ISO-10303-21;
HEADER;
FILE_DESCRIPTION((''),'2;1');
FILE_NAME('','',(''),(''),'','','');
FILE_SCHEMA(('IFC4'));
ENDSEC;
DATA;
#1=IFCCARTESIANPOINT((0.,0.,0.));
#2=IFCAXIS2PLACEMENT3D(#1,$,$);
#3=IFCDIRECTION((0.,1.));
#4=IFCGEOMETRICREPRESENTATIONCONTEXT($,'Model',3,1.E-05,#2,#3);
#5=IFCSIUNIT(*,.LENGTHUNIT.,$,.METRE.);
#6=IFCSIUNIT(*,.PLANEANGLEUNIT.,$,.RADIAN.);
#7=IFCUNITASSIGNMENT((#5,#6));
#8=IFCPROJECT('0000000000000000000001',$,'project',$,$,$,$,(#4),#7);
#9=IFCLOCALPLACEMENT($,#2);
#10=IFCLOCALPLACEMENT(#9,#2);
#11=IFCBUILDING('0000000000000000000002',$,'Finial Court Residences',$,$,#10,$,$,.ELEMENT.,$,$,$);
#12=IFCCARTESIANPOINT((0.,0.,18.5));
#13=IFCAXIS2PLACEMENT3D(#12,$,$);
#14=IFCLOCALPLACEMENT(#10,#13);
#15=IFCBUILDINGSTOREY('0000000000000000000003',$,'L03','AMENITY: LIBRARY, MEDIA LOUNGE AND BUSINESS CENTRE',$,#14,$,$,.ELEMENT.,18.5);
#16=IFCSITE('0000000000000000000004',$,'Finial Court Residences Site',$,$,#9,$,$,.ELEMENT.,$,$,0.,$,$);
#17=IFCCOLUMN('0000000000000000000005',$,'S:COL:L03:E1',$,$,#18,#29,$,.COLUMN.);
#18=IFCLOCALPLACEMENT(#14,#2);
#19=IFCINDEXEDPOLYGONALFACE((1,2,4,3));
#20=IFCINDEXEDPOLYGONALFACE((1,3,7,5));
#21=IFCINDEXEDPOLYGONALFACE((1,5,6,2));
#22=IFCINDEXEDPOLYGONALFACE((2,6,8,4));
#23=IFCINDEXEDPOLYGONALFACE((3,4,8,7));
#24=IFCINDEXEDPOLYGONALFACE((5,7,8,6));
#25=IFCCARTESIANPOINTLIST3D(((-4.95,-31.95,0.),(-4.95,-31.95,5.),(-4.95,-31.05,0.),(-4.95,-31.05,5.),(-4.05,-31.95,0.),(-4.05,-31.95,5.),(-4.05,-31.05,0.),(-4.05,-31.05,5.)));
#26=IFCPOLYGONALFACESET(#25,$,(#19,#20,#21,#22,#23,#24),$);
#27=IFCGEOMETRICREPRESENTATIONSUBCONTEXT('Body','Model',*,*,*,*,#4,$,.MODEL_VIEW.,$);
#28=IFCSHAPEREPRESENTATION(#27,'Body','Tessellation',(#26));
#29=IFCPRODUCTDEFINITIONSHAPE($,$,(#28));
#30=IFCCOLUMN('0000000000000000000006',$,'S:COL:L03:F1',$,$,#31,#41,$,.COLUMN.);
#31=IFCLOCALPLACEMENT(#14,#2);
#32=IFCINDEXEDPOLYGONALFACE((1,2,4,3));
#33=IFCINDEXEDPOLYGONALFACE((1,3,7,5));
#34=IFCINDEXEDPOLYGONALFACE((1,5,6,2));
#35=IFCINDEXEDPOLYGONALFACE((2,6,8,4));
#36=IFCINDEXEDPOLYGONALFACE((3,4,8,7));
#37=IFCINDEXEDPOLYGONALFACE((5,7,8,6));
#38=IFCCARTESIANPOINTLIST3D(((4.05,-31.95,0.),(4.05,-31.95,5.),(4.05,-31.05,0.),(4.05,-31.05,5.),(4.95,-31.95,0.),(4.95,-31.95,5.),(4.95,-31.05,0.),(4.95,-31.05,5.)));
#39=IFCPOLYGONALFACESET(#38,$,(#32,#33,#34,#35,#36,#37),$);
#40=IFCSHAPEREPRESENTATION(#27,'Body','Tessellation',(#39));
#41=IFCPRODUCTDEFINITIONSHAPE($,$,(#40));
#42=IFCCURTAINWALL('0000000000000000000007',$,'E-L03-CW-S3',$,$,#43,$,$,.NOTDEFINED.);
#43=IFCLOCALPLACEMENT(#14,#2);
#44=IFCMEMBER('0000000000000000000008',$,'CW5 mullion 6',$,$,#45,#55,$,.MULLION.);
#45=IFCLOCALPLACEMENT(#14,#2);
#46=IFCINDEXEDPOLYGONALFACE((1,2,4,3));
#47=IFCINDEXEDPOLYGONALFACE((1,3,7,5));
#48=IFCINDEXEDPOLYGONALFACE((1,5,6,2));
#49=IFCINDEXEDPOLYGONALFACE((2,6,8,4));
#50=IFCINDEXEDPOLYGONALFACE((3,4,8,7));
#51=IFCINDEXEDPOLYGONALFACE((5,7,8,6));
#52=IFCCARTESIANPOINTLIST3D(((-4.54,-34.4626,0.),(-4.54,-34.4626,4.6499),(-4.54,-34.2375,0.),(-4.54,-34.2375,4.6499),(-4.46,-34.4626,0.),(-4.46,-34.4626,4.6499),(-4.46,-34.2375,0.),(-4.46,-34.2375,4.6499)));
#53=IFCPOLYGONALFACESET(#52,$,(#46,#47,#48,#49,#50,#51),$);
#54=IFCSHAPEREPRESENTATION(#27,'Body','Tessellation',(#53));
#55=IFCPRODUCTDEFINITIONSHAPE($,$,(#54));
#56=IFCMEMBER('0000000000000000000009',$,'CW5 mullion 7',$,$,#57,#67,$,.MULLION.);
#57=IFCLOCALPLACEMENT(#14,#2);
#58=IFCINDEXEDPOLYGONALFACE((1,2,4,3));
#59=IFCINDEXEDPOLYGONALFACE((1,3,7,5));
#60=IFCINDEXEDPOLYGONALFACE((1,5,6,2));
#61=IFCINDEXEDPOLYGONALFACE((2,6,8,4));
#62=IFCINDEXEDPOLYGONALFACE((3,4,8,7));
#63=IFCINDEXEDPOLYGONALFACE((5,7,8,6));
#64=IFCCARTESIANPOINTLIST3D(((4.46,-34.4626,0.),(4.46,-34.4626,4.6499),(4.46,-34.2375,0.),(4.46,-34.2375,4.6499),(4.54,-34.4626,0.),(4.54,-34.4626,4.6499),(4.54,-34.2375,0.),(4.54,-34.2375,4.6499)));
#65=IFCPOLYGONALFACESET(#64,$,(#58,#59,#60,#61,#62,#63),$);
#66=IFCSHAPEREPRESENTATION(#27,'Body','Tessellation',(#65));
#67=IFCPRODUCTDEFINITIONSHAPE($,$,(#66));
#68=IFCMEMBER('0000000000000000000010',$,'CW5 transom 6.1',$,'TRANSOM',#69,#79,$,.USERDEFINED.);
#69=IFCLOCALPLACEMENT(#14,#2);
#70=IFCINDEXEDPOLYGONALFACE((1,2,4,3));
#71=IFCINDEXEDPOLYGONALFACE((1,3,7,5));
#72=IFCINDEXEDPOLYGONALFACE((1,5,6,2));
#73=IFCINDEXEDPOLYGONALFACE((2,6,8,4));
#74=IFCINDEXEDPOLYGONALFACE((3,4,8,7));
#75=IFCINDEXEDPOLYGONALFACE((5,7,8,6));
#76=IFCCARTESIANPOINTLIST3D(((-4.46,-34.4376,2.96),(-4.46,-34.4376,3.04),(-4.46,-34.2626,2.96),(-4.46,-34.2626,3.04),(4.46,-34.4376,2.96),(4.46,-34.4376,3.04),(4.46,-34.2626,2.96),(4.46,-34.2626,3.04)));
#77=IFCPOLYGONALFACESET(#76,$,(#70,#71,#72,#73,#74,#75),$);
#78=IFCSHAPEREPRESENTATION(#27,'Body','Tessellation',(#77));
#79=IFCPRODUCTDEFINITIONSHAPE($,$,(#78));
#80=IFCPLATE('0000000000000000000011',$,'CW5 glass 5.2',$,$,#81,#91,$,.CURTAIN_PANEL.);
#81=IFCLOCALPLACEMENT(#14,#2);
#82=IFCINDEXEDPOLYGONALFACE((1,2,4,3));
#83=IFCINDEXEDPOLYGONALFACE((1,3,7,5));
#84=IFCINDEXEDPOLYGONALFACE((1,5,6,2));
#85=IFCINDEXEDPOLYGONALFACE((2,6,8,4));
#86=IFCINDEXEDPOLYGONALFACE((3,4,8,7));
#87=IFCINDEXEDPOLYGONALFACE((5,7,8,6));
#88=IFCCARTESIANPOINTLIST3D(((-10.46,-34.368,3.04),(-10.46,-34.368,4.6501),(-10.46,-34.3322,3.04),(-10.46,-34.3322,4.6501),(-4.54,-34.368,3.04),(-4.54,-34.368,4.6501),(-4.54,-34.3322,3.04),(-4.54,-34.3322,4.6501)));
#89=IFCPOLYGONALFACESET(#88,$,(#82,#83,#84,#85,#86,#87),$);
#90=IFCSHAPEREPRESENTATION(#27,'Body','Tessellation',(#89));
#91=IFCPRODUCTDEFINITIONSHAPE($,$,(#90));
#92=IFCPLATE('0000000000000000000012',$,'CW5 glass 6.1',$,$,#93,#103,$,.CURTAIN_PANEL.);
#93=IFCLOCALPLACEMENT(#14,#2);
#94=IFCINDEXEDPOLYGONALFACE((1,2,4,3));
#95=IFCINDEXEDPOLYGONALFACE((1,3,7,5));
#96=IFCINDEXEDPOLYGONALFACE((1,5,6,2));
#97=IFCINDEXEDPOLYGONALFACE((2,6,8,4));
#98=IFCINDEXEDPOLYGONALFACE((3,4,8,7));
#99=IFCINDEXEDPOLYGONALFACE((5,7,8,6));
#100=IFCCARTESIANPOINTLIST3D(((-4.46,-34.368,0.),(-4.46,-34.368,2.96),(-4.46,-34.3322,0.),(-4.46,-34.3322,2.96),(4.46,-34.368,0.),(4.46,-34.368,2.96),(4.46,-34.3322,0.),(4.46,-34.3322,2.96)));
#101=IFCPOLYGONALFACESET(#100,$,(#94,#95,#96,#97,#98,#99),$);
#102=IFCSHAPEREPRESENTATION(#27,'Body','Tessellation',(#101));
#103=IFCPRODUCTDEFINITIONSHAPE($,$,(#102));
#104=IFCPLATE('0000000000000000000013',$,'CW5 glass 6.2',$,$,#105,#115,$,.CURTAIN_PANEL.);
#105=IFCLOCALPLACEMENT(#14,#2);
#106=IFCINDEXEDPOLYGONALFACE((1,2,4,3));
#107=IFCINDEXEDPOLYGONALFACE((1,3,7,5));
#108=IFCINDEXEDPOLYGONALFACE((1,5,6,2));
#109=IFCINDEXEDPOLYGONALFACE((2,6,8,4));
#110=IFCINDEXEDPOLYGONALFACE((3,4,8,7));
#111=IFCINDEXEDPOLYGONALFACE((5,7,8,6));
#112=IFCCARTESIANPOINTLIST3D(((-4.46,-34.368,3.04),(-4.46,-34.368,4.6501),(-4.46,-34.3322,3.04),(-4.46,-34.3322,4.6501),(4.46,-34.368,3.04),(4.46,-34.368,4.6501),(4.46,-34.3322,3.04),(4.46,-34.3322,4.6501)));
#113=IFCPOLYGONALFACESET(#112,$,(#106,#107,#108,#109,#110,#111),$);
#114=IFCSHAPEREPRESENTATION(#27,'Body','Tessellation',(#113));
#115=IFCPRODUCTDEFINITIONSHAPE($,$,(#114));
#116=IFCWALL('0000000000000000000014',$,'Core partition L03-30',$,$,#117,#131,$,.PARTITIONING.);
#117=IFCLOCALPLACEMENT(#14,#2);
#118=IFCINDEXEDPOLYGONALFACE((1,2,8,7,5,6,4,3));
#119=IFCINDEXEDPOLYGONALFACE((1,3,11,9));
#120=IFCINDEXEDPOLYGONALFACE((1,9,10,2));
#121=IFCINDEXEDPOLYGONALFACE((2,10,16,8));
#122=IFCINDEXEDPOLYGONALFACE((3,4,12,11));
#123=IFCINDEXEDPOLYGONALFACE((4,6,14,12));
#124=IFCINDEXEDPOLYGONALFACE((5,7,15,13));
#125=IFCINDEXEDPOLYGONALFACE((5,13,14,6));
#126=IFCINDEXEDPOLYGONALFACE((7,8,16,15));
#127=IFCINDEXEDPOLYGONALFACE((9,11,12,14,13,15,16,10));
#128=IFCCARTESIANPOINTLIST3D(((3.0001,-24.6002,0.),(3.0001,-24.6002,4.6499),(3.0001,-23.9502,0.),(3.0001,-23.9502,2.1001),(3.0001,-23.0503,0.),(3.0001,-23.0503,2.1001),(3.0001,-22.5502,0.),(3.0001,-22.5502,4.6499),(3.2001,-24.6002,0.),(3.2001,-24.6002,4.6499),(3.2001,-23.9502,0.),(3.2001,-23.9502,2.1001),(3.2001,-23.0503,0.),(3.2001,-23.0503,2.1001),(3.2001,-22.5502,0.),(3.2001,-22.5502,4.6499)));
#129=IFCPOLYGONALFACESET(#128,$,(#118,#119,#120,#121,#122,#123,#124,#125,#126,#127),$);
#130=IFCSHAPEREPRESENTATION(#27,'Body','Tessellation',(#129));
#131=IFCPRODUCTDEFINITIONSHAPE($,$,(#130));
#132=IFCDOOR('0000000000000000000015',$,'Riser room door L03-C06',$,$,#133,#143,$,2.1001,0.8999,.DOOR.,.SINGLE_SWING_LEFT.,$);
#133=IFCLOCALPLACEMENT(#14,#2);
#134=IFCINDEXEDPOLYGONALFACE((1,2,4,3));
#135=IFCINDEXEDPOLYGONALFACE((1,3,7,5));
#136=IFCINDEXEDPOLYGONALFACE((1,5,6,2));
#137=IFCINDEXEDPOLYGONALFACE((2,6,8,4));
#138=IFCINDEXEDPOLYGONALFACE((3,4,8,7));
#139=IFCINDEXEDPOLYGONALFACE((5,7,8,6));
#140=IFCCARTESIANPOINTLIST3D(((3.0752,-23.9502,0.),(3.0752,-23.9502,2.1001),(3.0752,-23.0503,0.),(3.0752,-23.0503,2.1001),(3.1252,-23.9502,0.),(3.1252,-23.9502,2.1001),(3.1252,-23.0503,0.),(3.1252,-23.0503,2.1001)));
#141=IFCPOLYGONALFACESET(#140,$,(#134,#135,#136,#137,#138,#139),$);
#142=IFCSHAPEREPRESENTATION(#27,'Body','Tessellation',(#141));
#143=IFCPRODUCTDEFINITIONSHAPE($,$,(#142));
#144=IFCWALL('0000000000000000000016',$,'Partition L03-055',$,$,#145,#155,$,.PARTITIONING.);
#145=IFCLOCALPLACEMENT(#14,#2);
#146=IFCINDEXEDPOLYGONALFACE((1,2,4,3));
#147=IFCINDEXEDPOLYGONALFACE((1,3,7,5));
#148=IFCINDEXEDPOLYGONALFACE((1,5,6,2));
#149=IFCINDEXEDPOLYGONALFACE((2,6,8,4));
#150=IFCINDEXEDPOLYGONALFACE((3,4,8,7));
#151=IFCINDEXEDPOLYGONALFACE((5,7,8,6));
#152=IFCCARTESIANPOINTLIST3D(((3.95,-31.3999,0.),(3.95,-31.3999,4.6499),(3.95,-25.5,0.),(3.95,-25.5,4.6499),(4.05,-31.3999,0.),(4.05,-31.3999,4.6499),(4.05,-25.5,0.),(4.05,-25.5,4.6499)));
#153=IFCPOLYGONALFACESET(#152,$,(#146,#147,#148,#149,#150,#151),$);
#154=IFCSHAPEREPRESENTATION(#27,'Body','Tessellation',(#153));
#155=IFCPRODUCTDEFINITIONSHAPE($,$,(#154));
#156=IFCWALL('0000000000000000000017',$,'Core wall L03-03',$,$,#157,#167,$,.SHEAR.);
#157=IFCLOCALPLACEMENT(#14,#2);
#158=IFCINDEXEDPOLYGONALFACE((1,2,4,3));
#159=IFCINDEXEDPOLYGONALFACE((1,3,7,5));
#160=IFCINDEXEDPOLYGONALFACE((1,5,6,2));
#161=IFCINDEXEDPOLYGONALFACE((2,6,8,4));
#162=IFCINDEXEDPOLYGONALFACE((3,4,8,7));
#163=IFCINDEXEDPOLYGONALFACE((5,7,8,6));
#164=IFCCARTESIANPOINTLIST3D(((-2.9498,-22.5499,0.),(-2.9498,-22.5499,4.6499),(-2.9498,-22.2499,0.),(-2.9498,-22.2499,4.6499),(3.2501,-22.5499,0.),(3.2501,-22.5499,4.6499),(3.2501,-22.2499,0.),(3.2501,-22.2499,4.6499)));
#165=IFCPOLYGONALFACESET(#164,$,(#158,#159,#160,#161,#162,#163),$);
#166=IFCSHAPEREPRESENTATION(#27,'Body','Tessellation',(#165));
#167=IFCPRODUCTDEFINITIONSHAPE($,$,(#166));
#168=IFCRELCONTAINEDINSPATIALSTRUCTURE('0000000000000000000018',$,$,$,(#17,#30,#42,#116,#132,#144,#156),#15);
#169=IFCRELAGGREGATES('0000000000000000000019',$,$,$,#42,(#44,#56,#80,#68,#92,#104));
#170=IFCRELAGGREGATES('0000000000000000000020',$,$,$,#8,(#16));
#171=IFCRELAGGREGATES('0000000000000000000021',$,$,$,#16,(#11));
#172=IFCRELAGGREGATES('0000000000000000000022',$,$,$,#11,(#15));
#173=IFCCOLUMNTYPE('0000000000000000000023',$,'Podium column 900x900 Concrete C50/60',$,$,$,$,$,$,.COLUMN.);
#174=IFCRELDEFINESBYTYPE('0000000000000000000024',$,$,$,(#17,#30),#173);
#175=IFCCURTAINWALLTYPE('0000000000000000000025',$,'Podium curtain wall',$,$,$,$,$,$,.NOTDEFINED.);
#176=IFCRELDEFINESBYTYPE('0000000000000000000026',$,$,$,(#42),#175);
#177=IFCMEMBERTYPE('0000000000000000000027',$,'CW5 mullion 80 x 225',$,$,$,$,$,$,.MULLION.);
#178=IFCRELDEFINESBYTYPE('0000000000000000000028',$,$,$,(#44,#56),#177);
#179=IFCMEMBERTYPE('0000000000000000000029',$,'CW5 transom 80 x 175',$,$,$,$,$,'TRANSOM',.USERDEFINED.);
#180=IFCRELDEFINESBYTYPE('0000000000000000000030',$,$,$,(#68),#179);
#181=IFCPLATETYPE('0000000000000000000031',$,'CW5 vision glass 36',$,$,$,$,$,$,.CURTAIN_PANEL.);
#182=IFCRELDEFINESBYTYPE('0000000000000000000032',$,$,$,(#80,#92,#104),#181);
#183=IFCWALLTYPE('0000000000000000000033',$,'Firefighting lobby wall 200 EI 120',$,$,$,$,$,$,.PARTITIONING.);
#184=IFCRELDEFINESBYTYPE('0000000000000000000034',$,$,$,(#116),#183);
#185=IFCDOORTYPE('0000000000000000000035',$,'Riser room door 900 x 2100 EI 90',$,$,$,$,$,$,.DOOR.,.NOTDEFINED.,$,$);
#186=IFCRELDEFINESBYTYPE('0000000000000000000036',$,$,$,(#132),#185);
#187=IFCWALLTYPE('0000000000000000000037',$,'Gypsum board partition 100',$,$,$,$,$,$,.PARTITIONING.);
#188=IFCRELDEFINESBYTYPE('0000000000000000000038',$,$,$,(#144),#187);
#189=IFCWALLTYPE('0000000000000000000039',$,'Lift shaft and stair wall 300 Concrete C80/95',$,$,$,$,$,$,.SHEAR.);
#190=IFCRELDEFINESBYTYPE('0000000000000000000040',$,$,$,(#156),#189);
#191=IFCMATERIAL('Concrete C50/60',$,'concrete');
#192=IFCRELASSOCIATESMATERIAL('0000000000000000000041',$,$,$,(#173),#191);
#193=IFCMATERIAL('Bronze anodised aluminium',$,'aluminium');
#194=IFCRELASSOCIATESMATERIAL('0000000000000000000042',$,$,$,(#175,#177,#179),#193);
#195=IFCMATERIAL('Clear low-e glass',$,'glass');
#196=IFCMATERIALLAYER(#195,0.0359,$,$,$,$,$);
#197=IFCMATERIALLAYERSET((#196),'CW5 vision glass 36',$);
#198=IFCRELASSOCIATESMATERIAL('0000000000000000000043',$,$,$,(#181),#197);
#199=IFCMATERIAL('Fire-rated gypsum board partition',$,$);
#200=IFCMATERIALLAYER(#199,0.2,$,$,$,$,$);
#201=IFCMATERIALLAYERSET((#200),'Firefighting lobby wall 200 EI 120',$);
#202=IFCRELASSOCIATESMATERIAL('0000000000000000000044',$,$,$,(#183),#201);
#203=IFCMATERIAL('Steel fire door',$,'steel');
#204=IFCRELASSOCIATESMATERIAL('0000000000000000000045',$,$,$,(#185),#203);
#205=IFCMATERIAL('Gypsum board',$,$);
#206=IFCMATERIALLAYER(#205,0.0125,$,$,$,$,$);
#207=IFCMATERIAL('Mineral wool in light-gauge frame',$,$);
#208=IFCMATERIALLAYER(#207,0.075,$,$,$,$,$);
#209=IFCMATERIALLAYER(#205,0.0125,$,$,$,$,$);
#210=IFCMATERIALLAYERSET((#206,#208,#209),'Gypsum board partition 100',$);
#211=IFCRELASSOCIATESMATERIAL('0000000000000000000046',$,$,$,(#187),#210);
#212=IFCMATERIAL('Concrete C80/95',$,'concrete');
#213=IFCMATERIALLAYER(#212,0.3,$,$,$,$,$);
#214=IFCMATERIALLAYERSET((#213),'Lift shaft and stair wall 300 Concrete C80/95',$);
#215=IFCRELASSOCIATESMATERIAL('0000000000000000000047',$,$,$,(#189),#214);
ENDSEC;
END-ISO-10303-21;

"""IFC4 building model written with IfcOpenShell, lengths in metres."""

from ifc_helpers import new_model, si_unit, direction, frame, frame_2d, origin, origin_2d, place, context, subcontext, project, spatial, rectangle, extrude, material, layer, layer_set, material_profile, profile_set, type_object, element, fill, aggregate, save


model = new_model("IFC4")

# Units and contexts
model_context = context("Model", 3, precision=1e-05, world=origin(), true_north=direction((0.0, 1.0)))
body_context = subcontext(model_context, "Body", "Model", "MODEL_VIEW")
ifc_project = project(units=[si_unit("LENGTHUNIT", "METRE"), si_unit("PLANEANGLEUNIT", "RADIAN")], contexts=[model_context])

# Site, building, storey
site_placement = place(None, origin())
site = spatial("IfcSite", under=ifc_project, at=site_placement, Name="Finial Court Residences Site", CompositionType="ELEMENT", RefElevation=0.0)
building_placement = place(site_placement, origin())
building = spatial("IfcBuilding", under=site, at=building_placement, Name="Finial Court Residences", CompositionType="ELEMENT")
storey_placement = place(building_placement, frame((0.0, 0.0, 18.5)))
storey = spatial("IfcBuildingStorey", under=building, at=storey_placement, Name="L03", Description="AMENITY: LIBRARY, MEDIA LOUNGE AND BUSINESS CENTRE", CompositionType="ELEMENT", Elevation=18.5)

# Columns
ifc_material_1 = material(Name="Concrete C50/60", Category="concrete")
ifc_material_profile_1 = material_profile(ifc_material_1, rectangle(XDim=0.8999, YDim=0.8999, at=origin_2d()), Name="900x900")
ifc_profile_set_1 = profile_set([ifc_material_profile_1], Name="Concrete C50/60")
column_type = type_object("IfcColumnType", Name="Podium column 900x900 Concrete C50/60", PredefinedType="COLUMN", material=ifc_profile_set_1)
for number, where, z_axis, x_axis, name in (
    (1, (-4.5, -31.5, 0.0), (0.0, 0.0, 1.0), (1.0, 0.0, 0.0), "S:COL:L03:E1"),
    (2, (4.5, -31.5, 0.0), (0.0, 0.0, 1.0), (1.0, 0.0, 0.0), "S:COL:L03:F1"),
):
    element("IfcColumn", number, at=place(storey_placement, frame(where, z_axis=z_axis, x_axis=x_axis)), inside=storey, type_object=column_type, Name=name, PredefinedType="COLUMN", context=body_context, shape_type="SweptSolid", body=[
        extrude(rectangle(XDim=0.8999, YDim=0.8999, at=origin_2d()), origin(), (0.0, 0.0, 1.0), 5.0),
    ])

# Curtain wall, members, plates
ifc_material_2 = material(Name="Bronze anodised aluminium", Category="aluminium")
curtain_wall_type = type_object("IfcCurtainWallType", Name="Podium curtain wall", PredefinedType="NOTDEFINED", material=ifc_material_2)
curtain_wall_placement = place(storey_placement, origin())
curtain_wall = element("IfcCurtainWall", 3, at=curtain_wall_placement, inside=storey, type_object=curtain_wall_type, Name="E-L03-CW-S3", PredefinedType="NOTDEFINED")
ifc_material_profile_2 = material_profile(ifc_material_2, rectangle(XDim=0.2251, YDim=0.0801, at=origin_2d()), Name="CW5 mullion 80 x 225")
ifc_profile_set_2 = profile_set([ifc_material_profile_2], Name="Bronze anodised aluminium")
member_type_1 = type_object("IfcMemberType", Name="CW5 mullion 80 x 225", PredefinedType="MULLION", material=ifc_profile_set_2)
member_1_placement = place(storey_placement, frame((-4.5, -34.3501, 0.0), z_axis=(0.0, 0.0, 1.0), x_axis=(0.0, 1.0, 0.0)))
member_1 = element("IfcMember", 4, at=member_1_placement, type_object=member_type_1, Name="CW5 mullion 6", PredefinedType="MULLION", context=body_context, shape_type="SweptSolid", body=[
    extrude(rectangle(XDim=0.2251, YDim=0.0801, at=origin_2d()), origin(), (0.0, 0.0, 1.0), 4.6499),
])
member_2_placement = place(storey_placement, frame((4.5, -34.3501, 0.0), z_axis=(0.0, 0.0, 1.0), x_axis=(0.0, 1.0, 0.0)))
member_2 = element("IfcMember", 5, at=member_2_placement, type_object=member_type_1, Name="CW5 mullion 7", PredefinedType="MULLION", context=body_context, shape_type="SweptSolid", body=[
    extrude(rectangle(XDim=0.2251, YDim=0.0801, at=origin_2d()), origin(), (0.0, 0.0, 1.0), 4.6499),
])
ifc_material_profile_3 = material_profile(ifc_material_2, rectangle(XDim=0.175, YDim=0.0801, at=origin_2d()), Name="CW5 transom 80 x 175")
ifc_profile_set_3 = profile_set([ifc_material_profile_3], Name="Bronze anodised aluminium")
member_type_2 = type_object("IfcMemberType", Name="CW5 transom 80 x 175", ElementType="TRANSOM", PredefinedType="USERDEFINED", material=ifc_profile_set_3)
member_3_placement = place(storey_placement, frame((-4.46, -34.3501, 3.0), z_axis=(1.0, 0.0, 0.0), x_axis=(0.0, 1.0, 0.0)))
member_3 = element("IfcMember", 6, at=member_3_placement, type_object=member_type_2, Name="CW5 transom 6.1", ObjectType="TRANSOM", PredefinedType="USERDEFINED", context=body_context, shape_type="SweptSolid", body=[
    extrude(rectangle(XDim=0.175, YDim=0.0801, at=origin_2d()), origin(), (0.0, 0.0, 1.0), 8.9199),
])
ifc_material_3 = material(Name="Clear low-e glass", Category="glass")
ifc_layer_1 = layer(ifc_material_3, 0.0359)
ifc_layer_set_1 = layer_set([ifc_layer_1], Name="CW5 vision glass 36")
plate_type = type_object("IfcPlateType", Name="CW5 vision glass 36", PredefinedType="CURTAIN_PANEL", material=ifc_layer_set_1)
plate_1_placement = place(storey_placement, frame((-7.5, -34.3501, 3.04), z_axis=(0.0, 0.0, 1.0), x_axis=(1.0, 0.0, 0.0)))
plate_1 = element("IfcPlate", 7, at=plate_1_placement, type_object=plate_type, Name="CW5 glass 5.2", PredefinedType="CURTAIN_PANEL", context=body_context, shape_type="SweptSolid", body=[
    extrude(rectangle(XDim=5.9199, YDim=0.0359, at=origin_2d()), origin(), (0.0, 0.0, 1.0), 1.6101),
])
plate_2_placement = place(storey_placement, frame((0.0, -34.3501, 0.0), z_axis=(0.0, 0.0, 1.0), x_axis=(1.0, 0.0, 0.0)))
plate_2 = element("IfcPlate", 8, at=plate_2_placement, type_object=plate_type, Name="CW5 glass 6.1", PredefinedType="CURTAIN_PANEL", context=body_context, shape_type="SweptSolid", body=[
    extrude(rectangle(XDim=8.9199, YDim=0.0359, at=origin_2d()), origin(), (0.0, 0.0, 1.0), 2.96),
])
plate_3_placement = place(storey_placement, frame((0.0, -34.3501, 3.04), z_axis=(0.0, 0.0, 1.0), x_axis=(1.0, 0.0, 0.0)))
plate_3 = element("IfcPlate", 9, at=plate_3_placement, type_object=plate_type, Name="CW5 glass 6.2", PredefinedType="CURTAIN_PANEL", context=body_context, shape_type="SweptSolid", body=[
    extrude(rectangle(XDim=8.9199, YDim=0.0359, at=origin_2d()), origin(), (0.0, 0.0, 1.0), 1.6101),
])
aggregate(curtain_wall, [member_1, member_2, plate_1, member_3, plate_2, plate_3])

# Wall, opening, door
ifc_material_4 = material(Name="Fire-rated gypsum board partition")
ifc_layer_2 = layer(ifc_material_4, 0.2)
ifc_layer_set_2 = layer_set([ifc_layer_2], Name="Firefighting lobby wall 200 EI 120")
wall_type_1 = type_object("IfcWallType", Name="Firefighting lobby wall 200 EI 120", PredefinedType="PARTITIONING", material=ifc_layer_set_2)
wall_1_placement = place(storey_placement, frame((3.1001, -24.6001, 0.0), z_axis=(0.0, 0.0, 1.0), x_axis=(0.0, 1.0, 0.0)))
wall_1 = element("IfcWall", 10, at=wall_1_placement, inside=storey, type_object=wall_type_1, Name="Core partition L03-30", PredefinedType="PARTITIONING", context=body_context, shape_type="SweptSolid", body=[
    extrude(rectangle(XDim=2.05, YDim=0.2, at=frame_2d((1.0249, 0.0))), origin(), (0.0, 0.0, 1.0), 4.6499),
])
opening_1_placement = place(wall_1_placement, frame((0.6499, 0.0, 0.0)))
opening_1 = element("IfcOpeningElement", 11, at=opening_1_placement, cuts=wall_1, PredefinedType="OPENING", context=body_context, shape_type="SweptSolid", body=[
    extrude(rectangle(XDim=0.8999, YDim=2.1001, at=frame_2d((0.45, 1.05))), frame((0.0, 0.1099, 0.0), z_axis=(0.0, -1.0, 0.0), x_axis=(1.0, 0.0, 0.0)), (0.0, 0.0, 1.0), 0.22),
])
ifc_material_5 = material(Name="Steel fire door", Category="steel")
door_type_1 = type_object("IfcDoorType", Name="Riser room door 900 x 2100 EI 90", OperationType="NOTDEFINED", PredefinedType="DOOR", material=ifc_material_5)
door_1_placement = place(opening_1_placement, origin())
door_1 = element("IfcDoor", 12, at=door_1_placement, inside=storey, type_object=door_type_1, Name="Riser room door L03-C06", OperationType="SINGLE_SWING_LEFT", OverallHeight=2.1001, OverallWidth=0.8999, PredefinedType="DOOR", context=body_context, shape_type="SweptSolid", body=[
    extrude(rectangle(XDim=0.8999, YDim=2.1001, at=frame_2d((0.45, 1.05))), frame((0.0, 0.0249, 0.0), z_axis=(0.0, -1.0, 0.0), x_axis=(1.0, 0.0, 0.0)), (0.0, 0.0, 1.0), 0.05),
])
fill(opening_1, door_1)

# Walls
ifc_material_6 = material(Name="Gypsum board")
ifc_layer_3 = layer(ifc_material_6, 0.0125)
ifc_material_7 = material(Name="Mineral wool in light-gauge frame")
ifc_layer_4 = layer(ifc_material_7, 0.075)
ifc_layer_5 = layer(ifc_material_6, 0.0125)
ifc_layer_set_3 = layer_set([ifc_layer_3, ifc_layer_4, ifc_layer_5], Name="Gypsum board partition 100")
wall_type_2 = type_object("IfcWallType", Name="Gypsum board partition 100", PredefinedType="PARTITIONING", material=ifc_layer_set_3)
wall_2_placement = place(storey_placement, frame((4.0, -31.3999, 0.0), z_axis=(0.0, 0.0, 1.0), x_axis=(0.0, 1.0, 0.0)))
element("IfcWall", 13, at=wall_2_placement, inside=storey, type_object=wall_type_2, Name="Partition L03-055", PredefinedType="PARTITIONING", context=body_context, shape_type="SweptSolid", body=[
    extrude(rectangle(XDim=5.8999, YDim=0.1001, at=frame_2d((2.95, 0.0))), origin(), (0.0, 0.0, 1.0), 4.6499),
])
ifc_material_8 = material(Name="Concrete C80/95", Category="concrete")
ifc_layer_6 = layer(ifc_material_8, 0.3)
ifc_layer_set_4 = layer_set([ifc_layer_6], Name="Lift shaft and stair wall 300 Concrete C80/95")
wall_type_3 = type_object("IfcWallType", Name="Lift shaft and stair wall 300 Concrete C80/95", PredefinedType="SHEAR", material=ifc_layer_set_4)
wall_3_placement = place(storey_placement, frame((-2.95, -22.3999, 0.0), z_axis=(0.0, 0.0, 1.0), x_axis=(1.0, 0.0, 0.0)))
element("IfcWall", 14, at=wall_3_placement, inside=storey, type_object=wall_type_3, Name="Core wall L03-03", PredefinedType="SHEAR", context=body_context, shape_type="SweptSolid", body=[
    extrude(rectangle(XDim=6.2, YDim=0.3, at=frame_2d((3.1001, 0.0))), origin(), (0.0, 0.0, 1.0), 4.6499),
])

save(model, "model.ifc")
